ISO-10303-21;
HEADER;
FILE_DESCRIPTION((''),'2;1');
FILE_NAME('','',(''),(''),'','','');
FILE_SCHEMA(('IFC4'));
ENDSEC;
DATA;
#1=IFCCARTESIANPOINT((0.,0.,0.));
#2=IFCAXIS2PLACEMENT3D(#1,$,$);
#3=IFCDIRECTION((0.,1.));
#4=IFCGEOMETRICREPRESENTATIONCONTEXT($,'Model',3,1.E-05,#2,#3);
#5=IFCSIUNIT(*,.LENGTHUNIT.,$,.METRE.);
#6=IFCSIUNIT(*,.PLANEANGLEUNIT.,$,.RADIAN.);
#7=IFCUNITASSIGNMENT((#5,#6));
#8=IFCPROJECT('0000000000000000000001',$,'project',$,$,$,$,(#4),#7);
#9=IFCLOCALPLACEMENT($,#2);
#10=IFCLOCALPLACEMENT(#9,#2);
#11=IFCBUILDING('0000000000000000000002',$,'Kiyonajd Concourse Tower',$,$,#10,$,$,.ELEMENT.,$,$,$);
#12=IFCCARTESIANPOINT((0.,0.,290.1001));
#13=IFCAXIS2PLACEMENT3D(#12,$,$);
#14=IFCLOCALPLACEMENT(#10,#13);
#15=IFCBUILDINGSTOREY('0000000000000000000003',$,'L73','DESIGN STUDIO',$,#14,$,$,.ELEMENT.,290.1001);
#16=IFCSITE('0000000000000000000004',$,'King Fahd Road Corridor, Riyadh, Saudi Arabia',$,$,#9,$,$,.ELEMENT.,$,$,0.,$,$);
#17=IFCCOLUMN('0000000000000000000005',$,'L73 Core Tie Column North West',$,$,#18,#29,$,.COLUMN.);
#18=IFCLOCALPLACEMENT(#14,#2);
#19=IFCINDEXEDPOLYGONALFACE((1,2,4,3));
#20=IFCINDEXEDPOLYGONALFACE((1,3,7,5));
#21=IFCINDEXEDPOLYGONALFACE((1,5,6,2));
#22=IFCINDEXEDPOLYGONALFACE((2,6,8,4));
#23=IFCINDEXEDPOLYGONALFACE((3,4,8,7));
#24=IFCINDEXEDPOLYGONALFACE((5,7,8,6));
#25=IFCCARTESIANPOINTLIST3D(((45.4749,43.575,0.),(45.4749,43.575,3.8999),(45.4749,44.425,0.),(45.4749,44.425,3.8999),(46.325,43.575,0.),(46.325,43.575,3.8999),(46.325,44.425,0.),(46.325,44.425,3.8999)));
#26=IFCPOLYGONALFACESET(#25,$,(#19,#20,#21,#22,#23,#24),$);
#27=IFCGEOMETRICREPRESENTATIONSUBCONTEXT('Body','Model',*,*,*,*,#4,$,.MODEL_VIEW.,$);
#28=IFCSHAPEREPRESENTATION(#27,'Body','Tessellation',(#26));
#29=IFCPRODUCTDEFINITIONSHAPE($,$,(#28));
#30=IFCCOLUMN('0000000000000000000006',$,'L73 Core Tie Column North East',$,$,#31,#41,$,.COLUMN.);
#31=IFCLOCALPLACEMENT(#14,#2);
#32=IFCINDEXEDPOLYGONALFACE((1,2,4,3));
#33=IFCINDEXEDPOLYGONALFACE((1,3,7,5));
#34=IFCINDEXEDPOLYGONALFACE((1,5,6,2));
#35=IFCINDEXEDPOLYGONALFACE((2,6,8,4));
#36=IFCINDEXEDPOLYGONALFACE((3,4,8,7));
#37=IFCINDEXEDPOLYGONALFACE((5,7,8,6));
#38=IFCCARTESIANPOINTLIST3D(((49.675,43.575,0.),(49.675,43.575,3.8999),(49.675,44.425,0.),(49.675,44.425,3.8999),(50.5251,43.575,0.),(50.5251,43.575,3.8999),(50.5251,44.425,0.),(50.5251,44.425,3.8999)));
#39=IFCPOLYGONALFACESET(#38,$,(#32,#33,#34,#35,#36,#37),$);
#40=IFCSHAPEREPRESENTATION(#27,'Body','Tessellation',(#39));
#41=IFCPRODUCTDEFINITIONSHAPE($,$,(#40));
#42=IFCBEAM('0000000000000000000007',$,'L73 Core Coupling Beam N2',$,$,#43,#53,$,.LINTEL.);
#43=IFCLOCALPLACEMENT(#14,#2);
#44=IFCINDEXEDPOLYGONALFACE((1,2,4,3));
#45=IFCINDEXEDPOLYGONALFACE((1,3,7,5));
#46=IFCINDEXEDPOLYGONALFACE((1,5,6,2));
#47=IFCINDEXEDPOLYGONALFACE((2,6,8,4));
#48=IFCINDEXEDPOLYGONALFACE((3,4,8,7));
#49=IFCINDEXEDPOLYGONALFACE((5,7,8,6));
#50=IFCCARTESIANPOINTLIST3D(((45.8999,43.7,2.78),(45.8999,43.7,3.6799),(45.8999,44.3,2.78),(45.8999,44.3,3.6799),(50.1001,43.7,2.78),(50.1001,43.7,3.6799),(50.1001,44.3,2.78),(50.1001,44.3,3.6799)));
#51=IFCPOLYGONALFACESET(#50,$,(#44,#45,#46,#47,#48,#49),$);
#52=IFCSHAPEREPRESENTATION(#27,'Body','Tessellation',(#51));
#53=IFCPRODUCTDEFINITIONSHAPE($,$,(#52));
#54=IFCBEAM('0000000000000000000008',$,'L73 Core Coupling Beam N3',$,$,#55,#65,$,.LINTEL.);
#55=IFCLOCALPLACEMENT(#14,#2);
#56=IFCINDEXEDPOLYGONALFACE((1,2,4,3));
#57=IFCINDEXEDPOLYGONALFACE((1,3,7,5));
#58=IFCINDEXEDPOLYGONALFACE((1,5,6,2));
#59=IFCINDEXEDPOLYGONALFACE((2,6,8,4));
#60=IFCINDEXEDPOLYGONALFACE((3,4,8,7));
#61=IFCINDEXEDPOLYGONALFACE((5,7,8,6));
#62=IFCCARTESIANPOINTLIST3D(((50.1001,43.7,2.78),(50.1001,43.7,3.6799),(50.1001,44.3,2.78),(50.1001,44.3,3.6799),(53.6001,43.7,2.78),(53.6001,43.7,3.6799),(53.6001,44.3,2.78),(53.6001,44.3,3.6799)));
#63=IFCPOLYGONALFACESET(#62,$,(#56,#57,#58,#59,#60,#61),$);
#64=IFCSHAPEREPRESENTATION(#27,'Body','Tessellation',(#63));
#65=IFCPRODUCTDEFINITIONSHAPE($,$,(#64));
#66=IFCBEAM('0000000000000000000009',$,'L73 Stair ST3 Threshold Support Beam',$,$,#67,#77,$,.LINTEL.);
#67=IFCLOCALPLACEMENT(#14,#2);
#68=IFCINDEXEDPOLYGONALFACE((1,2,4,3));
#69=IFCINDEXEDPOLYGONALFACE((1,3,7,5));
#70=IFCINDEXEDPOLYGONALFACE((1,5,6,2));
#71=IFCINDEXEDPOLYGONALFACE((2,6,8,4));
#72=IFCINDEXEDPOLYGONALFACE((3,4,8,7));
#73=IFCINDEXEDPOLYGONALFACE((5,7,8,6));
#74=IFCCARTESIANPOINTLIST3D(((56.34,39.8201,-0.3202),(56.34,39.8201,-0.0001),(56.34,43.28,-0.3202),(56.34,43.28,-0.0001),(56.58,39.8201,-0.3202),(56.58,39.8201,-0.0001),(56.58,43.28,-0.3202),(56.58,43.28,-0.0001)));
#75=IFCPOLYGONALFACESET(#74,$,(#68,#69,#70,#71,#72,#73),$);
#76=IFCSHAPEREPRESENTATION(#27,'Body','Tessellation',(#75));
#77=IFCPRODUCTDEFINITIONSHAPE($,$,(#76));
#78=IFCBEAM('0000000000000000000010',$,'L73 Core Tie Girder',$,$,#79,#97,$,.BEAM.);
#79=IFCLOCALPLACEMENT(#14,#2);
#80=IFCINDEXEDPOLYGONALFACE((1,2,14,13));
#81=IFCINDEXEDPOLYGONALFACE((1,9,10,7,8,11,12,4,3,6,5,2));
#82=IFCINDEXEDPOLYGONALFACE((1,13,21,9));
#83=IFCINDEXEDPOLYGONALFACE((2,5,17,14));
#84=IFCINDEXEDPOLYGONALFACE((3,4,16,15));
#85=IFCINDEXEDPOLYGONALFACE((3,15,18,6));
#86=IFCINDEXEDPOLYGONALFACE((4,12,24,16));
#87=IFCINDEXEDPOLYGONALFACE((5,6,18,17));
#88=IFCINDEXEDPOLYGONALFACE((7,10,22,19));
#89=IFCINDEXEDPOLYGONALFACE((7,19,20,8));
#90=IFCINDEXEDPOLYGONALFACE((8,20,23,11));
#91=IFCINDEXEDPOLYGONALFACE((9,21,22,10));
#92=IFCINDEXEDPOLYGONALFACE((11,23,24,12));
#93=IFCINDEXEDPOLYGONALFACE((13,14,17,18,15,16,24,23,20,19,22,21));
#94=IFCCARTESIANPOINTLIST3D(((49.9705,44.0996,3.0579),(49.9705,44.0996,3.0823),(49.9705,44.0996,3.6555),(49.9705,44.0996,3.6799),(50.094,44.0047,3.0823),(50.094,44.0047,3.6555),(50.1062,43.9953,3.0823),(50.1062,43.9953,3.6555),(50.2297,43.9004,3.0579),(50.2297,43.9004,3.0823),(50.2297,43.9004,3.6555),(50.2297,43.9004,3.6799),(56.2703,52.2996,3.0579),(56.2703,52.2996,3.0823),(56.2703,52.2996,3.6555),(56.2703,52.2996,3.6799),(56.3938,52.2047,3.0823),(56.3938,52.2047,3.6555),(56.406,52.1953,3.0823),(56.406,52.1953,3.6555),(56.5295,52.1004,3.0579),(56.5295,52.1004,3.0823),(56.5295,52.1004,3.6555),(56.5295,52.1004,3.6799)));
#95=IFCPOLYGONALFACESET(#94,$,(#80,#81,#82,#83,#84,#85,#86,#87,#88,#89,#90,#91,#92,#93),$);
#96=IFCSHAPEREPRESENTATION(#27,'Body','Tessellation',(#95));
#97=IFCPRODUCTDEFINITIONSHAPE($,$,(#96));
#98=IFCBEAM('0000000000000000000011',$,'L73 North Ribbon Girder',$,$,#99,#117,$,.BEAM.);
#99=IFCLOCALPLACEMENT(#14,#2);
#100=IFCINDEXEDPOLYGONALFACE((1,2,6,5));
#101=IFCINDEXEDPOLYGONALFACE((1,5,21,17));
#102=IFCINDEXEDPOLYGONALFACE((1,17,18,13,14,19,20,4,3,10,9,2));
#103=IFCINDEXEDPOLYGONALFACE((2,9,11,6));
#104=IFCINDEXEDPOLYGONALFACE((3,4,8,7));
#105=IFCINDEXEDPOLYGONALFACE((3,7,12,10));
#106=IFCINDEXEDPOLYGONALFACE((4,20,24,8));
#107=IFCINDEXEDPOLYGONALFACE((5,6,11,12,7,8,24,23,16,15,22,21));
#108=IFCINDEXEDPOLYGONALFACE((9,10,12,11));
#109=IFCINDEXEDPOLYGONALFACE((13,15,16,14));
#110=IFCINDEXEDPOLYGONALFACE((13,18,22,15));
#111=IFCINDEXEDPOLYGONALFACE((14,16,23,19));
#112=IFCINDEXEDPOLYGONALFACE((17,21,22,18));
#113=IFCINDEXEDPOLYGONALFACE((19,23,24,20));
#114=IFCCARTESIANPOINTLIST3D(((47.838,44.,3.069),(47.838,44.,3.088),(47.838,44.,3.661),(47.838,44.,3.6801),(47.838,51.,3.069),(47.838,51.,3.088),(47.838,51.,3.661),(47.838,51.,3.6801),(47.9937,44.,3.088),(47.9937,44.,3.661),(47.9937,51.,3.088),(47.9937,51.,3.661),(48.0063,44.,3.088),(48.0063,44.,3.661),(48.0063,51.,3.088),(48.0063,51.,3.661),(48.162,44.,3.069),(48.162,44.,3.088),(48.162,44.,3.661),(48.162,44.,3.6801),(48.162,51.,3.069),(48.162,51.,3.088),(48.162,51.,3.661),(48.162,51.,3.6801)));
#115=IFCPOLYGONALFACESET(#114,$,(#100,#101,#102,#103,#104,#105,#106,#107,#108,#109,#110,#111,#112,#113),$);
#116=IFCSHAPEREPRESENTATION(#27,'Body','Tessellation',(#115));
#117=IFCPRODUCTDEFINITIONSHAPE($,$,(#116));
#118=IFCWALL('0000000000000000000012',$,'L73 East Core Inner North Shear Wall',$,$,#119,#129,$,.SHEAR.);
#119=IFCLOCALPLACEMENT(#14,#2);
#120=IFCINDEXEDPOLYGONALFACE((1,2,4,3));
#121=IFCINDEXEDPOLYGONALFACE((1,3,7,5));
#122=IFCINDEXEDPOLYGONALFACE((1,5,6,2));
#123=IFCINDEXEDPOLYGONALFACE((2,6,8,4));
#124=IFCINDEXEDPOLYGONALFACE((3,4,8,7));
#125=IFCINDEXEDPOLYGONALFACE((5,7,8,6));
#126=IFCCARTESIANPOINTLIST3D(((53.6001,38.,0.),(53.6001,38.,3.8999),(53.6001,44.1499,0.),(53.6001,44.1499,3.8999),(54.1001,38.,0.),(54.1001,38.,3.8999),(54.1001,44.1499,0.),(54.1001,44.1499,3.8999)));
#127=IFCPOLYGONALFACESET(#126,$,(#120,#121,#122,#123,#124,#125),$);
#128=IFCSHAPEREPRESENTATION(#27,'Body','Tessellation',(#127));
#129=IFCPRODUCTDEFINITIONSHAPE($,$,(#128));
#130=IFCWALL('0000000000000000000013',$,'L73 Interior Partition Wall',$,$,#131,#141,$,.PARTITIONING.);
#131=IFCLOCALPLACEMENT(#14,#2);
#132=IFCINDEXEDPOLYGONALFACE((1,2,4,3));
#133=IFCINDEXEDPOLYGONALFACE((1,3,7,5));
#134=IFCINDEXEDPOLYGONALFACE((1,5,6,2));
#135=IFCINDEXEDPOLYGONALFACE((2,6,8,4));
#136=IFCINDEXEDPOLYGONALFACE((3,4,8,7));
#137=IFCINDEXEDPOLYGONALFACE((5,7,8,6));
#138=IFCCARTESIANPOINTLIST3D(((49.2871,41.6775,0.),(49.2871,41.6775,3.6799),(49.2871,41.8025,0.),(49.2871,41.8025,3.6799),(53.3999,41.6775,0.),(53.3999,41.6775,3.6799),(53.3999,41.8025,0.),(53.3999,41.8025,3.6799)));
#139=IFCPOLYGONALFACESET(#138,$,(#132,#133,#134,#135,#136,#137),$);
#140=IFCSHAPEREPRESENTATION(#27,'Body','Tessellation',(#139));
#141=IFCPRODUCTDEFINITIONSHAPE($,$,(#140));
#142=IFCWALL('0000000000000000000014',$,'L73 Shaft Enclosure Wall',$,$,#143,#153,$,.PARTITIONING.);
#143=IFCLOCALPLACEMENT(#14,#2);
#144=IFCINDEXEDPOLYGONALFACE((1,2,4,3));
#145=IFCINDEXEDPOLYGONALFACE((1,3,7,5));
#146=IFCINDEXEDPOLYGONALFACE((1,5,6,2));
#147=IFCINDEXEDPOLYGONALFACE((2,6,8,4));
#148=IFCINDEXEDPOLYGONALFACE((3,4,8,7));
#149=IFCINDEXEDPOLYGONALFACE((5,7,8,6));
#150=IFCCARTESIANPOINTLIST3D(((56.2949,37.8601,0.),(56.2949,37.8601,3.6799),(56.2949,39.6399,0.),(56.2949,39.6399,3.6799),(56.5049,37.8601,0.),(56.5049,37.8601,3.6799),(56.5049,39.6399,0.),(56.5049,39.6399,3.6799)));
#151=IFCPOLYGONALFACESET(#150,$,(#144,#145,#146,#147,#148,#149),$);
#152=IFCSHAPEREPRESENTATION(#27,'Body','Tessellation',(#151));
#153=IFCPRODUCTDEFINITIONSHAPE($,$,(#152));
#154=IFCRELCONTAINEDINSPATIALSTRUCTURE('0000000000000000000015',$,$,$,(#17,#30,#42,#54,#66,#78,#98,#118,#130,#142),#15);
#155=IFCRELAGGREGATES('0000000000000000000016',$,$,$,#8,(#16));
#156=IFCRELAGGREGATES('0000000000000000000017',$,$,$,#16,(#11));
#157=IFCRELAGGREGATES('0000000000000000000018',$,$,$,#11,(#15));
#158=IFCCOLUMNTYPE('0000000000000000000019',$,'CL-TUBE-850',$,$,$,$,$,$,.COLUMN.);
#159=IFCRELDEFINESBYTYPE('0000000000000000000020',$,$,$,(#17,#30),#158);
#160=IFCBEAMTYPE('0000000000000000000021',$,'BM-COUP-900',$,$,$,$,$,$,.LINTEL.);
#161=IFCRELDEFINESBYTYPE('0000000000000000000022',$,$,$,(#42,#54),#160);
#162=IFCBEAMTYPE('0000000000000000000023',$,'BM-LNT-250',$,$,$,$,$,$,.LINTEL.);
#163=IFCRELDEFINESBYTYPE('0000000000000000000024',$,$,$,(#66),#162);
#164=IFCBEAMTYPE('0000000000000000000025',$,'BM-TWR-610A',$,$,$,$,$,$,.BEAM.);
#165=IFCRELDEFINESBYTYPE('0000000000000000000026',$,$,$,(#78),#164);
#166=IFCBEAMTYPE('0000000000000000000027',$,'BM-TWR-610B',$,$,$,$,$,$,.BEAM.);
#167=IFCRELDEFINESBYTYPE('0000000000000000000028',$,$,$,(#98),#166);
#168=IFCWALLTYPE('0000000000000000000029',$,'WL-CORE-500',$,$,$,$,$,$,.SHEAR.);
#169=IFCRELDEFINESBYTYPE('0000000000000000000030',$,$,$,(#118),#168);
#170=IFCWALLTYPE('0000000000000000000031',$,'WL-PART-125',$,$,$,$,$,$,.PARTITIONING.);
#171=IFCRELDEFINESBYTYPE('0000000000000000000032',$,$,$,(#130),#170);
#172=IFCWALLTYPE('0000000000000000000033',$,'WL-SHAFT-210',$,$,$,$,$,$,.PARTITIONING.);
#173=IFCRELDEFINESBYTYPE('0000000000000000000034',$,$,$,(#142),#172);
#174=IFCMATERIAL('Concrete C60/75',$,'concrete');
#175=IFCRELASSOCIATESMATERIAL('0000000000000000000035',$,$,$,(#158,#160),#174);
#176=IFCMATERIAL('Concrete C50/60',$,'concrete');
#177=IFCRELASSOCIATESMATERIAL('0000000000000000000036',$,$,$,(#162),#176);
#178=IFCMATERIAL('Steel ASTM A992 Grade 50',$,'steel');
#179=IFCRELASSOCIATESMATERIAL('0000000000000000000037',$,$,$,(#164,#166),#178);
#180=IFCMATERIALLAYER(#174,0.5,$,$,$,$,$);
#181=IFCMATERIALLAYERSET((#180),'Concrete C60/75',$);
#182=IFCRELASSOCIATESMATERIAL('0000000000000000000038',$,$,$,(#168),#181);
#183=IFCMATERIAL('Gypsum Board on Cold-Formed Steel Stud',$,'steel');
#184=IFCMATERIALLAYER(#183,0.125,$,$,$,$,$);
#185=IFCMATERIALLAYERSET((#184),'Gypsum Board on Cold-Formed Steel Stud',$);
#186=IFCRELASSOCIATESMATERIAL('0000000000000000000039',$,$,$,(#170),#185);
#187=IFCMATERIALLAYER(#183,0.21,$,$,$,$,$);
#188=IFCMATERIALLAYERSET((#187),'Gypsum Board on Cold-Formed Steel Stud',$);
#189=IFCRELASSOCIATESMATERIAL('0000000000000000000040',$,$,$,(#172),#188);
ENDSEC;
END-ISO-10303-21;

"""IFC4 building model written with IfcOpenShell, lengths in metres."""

from ifc_helpers import new_model, si_unit, direction, frame, frame_2d, origin, origin_2d, place, context, subcontext, project, spatial, rectangle, i_section, extrude, material, layer, layer_set, material_profile, profile_set, type_object, element, save


model = new_model("IFC4")

# Units and contexts
model_context = context("Model", 3, precision=1e-05, world=origin(), true_north=direction((0.0, 1.0)))
body_context = subcontext(model_context, "Body", "Model", "MODEL_VIEW")
ifc_project = project(units=[si_unit("LENGTHUNIT", "METRE"), si_unit("PLANEANGLEUNIT", "RADIAN")], contexts=[model_context])

# Site, building, storey
site_placement = place(None, origin())
site = spatial("IfcSite", under=ifc_project, at=site_placement, Name="King Fahd Road Corridor, Riyadh, Saudi Arabia", CompositionType="ELEMENT", RefElevation=0.0)
building_placement = place(site_placement, origin())
building = spatial("IfcBuilding", under=site, at=building_placement, Name="Kiyonajd Concourse Tower", CompositionType="ELEMENT")
storey_placement = place(building_placement, frame((0.0, 0.0, 290.1001)))
storey = spatial("IfcBuildingStorey", under=building, at=storey_placement, Name="L73", Description="DESIGN STUDIO", CompositionType="ELEMENT", Elevation=290.1001)

# Columns
ifc_material_1 = material(Name="Concrete C60/75", Category="concrete")
ifc_material_profile_1 = material_profile(ifc_material_1, rectangle(XDim=0.8501, YDim=0.8501, at=origin_2d()), Name="RC-850x850")
ifc_profile_set_1 = profile_set([ifc_material_profile_1], Name="Concrete C60/75")
column_type = type_object("IfcColumnType", Name="CL-TUBE-850", PredefinedType="COLUMN", material=ifc_profile_set_1)
for number, where, z_axis, x_axis, name in (
    (1, (45.8999, 44.0, 0.0), (0.0, 0.0, 1.0), (1.0, 0.0, 0.0), "L73 Core Tie Column North West"),
    (2, (50.1001, 44.0, 0.0), (0.0, 0.0, 1.0), (1.0, 0.0, 0.0), "L73 Core Tie Column North East"),
):
    element("IfcColumn", number, at=place(storey_placement, frame(where, z_axis=z_axis, x_axis=x_axis)), inside=storey, type_object=column_type, Name=name, PredefinedType="COLUMN", context=body_context, shape_type="SweptSolid", body=[
        extrude(rectangle(XDim=0.8501, YDim=0.8501, at=origin_2d()), origin(), (0.0, 0.0, 1.0), 3.8999),
    ])

# Beams
ifc_material_profile_2 = material_profile(ifc_material_1, rectangle(XDim=0.6001, YDim=0.8999, at=origin_2d()), Name="RCBM-600x900")
ifc_profile_set_2 = profile_set([ifc_material_profile_2], Name="Concrete C60/75")
beam_type_1 = type_object("IfcBeamType", Name="BM-COUP-900", PredefinedType="LINTEL", material=ifc_profile_set_2)
beam_1_placement = place(storey_placement, frame((45.8999, 44.0, 3.23), z_axis=(1.0, 0.0, 0.0), x_axis=(0.0, 1.0, 0.0)))
element("IfcBeam", 3, at=beam_1_placement, inside=storey, type_object=beam_type_1, Name="L73 Core Coupling Beam N2", PredefinedType="LINTEL", context=body_context, shape_type="SweptSolid", body=[
    extrude(rectangle(XDim=0.6001, YDim=0.8999, at=origin_2d()), origin(), (0.0, 0.0, 1.0), 4.2002),
])
beam_2_placement = place(storey_placement, frame((50.1001, 44.0, 3.23), z_axis=(1.0, 0.0, 0.0), x_axis=(0.0, 1.0, 0.0)))
element("IfcBeam", 4, at=beam_2_placement, inside=storey, type_object=beam_type_1, Name="L73 Core Coupling Beam N3", PredefinedType="LINTEL", context=body_context, shape_type="SweptSolid", body=[
    extrude(rectangle(XDim=0.6001, YDim=0.8999, at=origin_2d()), origin(), (0.0, 0.0, 1.0), 3.5),
])
ifc_material_2 = material(Name="Concrete C50/60", Category="concrete")
ifc_material_profile_3 = material_profile(ifc_material_2, rectangle(XDim=0.24, YDim=0.3201, at=origin_2d()), Name="RCBM-240x320")
ifc_profile_set_3 = profile_set([ifc_material_profile_3], Name="Concrete C50/60")
beam_type_2 = type_object("IfcBeamType", Name="BM-LNT-250", PredefinedType="LINTEL", material=ifc_profile_set_3)
beam_3_placement = place(storey_placement, frame((56.46, 39.8201, -0.1602), z_axis=(0.0, 1.0, 0.0), x_axis=(-1.0, 0.0, 0.0)))
element("IfcBeam", 5, at=beam_3_placement, inside=storey, type_object=beam_type_2, Name="L73 Stair ST3 Threshold Support Beam", PredefinedType="LINTEL", context=body_context, shape_type="SweptSolid", body=[
    extrude(rectangle(XDim=0.24, YDim=0.3201, at=origin_2d()), origin(), (0.0, 0.0, 1.0), 3.46),
])
ifc_material_3 = material(Name="Steel ASTM A992 Grade 50", Category="steel")
ifc_material_profile_4 = material_profile(ifc_material_3, i_section(OverallWidth=0.3269, OverallDepth=0.6221, WebThickness=0.0154, FlangeThickness=0.0244, at=origin_2d()), Name="W610X195")
ifc_profile_set_4 = profile_set([ifc_material_profile_4], Name="Steel ASTM A992 Grade 50")
beam_type_3 = type_object("IfcBeamType", Name="BM-TWR-610A", PredefinedType="BEAM", material=ifc_profile_set_4)
beam_4_placement = place(storey_placement, frame((50.1001, 44.0, 3.3689), z_axis=(0.609234, 0.792991, 0.0), x_axis=(-0.792991, 0.609234, 0.0)))
element("IfcBeam", 6, at=beam_4_placement, inside=storey, type_object=beam_type_3, Name="L73 Core Tie Girder", PredefinedType="BEAM", context=body_context, shape_type="SweptSolid", body=[
    extrude(i_section(OverallWidth=0.3269, OverallDepth=0.6221, WebThickness=0.0154, FlangeThickness=0.0244, at=origin_2d()), origin(), (0.0, 0.0, 1.0), 10.3406),
])
ifc_material_profile_5 = material_profile(ifc_material_3, i_section(OverallWidth=0.324, OverallDepth=0.6111, WebThickness=0.0127, FlangeThickness=0.019, at=origin_2d()), Name="W610X155")
ifc_profile_set_5 = profile_set([ifc_material_profile_5], Name="Steel ASTM A992 Grade 50")
beam_type_4 = type_object("IfcBeamType", Name="BM-TWR-610B", PredefinedType="BEAM", material=ifc_profile_set_5)
beam_5_placement = place(storey_placement, frame((48.0, 44.0, 3.3745), z_axis=(0.0, 1.0, 0.0), x_axis=(-1.0, 0.0, 0.0)))
element("IfcBeam", 7, at=beam_5_placement, inside=storey, type_object=beam_type_4, Name="L73 North Ribbon Girder", PredefinedType="BEAM", context=body_context, shape_type="SweptSolid", body=[
    extrude(i_section(OverallWidth=0.324, OverallDepth=0.6111, WebThickness=0.0127, FlangeThickness=0.019, at=origin_2d()), origin(), (0.0, 0.0, 1.0), 7.0),
])

# Walls
ifc_layer_1 = layer(ifc_material_1, 0.5)
ifc_layer_set_1 = layer_set([ifc_layer_1], Name="Concrete C60/75")
wall_type_1 = type_object("IfcWallType", Name="WL-CORE-500", PredefinedType="SHEAR", material=ifc_layer_set_1)
wall_1_placement = place(storey_placement, frame((53.8501, 38.0, 0.0), z_axis=(0.0, 0.0, 1.0), x_axis=(0.0, 1.0, 0.0)))
element("IfcWall", 8, at=wall_1_placement, inside=storey, type_object=wall_type_1, Name="L73 East Core Inner North Shear Wall", PredefinedType="SHEAR", context=body_context, shape_type="SweptSolid", body=[
    extrude(rectangle(XDim=6.1499, YDim=0.5, at=frame_2d((3.075, 0.0))), origin(), (0.0, 0.0, 1.0), 3.8999),
])
ifc_material_4 = material(Name="Gypsum Board on Cold-Formed Steel Stud", Category="steel")
ifc_layer_2 = layer(ifc_material_4, 0.125)
ifc_layer_set_2 = layer_set([ifc_layer_2], Name="Gypsum Board on Cold-Formed Steel Stud")
wall_type_2 = type_object("IfcWallType", Name="WL-PART-125", PredefinedType="PARTITIONING", material=ifc_layer_set_2)
wall_2_placement = place(storey_placement, frame((49.2871, 41.74, 0.0), z_axis=(0.0, 0.0, 1.0), x_axis=(1.0, 0.0, 0.0)))
element("IfcWall", 9, at=wall_2_placement, inside=storey, type_object=wall_type_2, Name="L73 Interior Partition Wall", PredefinedType="PARTITIONING", context=body_context, shape_type="SweptSolid", body=[
    extrude(rectangle(XDim=4.1128, YDim=0.125, at=frame_2d((2.0564, 0.0))), origin(), (0.0, 0.0, 1.0), 3.6799),
])
ifc_layer_3 = layer(ifc_material_4, 0.21)
ifc_layer_set_3 = layer_set([ifc_layer_3], Name="Gypsum Board on Cold-Formed Steel Stud")
wall_type_3 = type_object("IfcWallType", Name="WL-SHAFT-210", PredefinedType="PARTITIONING", material=ifc_layer_set_3)
wall_3_placement = place(storey_placement, frame((56.3999, 37.8601, 0.0), z_axis=(0.0, 0.0, 1.0), x_axis=(0.0, 1.0, 0.0)))
element("IfcWall", 10, at=wall_3_placement, inside=storey, type_object=wall_type_3, Name="L73 Shaft Enclosure Wall", PredefinedType="PARTITIONING", context=body_context, shape_type="SweptSolid", body=[
    extrude(rectangle(XDim=1.7798, YDim=0.21, at=frame_2d((0.8899, 0.0))), origin(), (0.0, 0.0, 1.0), 3.6799),
])

save(model, "model.ifc")
